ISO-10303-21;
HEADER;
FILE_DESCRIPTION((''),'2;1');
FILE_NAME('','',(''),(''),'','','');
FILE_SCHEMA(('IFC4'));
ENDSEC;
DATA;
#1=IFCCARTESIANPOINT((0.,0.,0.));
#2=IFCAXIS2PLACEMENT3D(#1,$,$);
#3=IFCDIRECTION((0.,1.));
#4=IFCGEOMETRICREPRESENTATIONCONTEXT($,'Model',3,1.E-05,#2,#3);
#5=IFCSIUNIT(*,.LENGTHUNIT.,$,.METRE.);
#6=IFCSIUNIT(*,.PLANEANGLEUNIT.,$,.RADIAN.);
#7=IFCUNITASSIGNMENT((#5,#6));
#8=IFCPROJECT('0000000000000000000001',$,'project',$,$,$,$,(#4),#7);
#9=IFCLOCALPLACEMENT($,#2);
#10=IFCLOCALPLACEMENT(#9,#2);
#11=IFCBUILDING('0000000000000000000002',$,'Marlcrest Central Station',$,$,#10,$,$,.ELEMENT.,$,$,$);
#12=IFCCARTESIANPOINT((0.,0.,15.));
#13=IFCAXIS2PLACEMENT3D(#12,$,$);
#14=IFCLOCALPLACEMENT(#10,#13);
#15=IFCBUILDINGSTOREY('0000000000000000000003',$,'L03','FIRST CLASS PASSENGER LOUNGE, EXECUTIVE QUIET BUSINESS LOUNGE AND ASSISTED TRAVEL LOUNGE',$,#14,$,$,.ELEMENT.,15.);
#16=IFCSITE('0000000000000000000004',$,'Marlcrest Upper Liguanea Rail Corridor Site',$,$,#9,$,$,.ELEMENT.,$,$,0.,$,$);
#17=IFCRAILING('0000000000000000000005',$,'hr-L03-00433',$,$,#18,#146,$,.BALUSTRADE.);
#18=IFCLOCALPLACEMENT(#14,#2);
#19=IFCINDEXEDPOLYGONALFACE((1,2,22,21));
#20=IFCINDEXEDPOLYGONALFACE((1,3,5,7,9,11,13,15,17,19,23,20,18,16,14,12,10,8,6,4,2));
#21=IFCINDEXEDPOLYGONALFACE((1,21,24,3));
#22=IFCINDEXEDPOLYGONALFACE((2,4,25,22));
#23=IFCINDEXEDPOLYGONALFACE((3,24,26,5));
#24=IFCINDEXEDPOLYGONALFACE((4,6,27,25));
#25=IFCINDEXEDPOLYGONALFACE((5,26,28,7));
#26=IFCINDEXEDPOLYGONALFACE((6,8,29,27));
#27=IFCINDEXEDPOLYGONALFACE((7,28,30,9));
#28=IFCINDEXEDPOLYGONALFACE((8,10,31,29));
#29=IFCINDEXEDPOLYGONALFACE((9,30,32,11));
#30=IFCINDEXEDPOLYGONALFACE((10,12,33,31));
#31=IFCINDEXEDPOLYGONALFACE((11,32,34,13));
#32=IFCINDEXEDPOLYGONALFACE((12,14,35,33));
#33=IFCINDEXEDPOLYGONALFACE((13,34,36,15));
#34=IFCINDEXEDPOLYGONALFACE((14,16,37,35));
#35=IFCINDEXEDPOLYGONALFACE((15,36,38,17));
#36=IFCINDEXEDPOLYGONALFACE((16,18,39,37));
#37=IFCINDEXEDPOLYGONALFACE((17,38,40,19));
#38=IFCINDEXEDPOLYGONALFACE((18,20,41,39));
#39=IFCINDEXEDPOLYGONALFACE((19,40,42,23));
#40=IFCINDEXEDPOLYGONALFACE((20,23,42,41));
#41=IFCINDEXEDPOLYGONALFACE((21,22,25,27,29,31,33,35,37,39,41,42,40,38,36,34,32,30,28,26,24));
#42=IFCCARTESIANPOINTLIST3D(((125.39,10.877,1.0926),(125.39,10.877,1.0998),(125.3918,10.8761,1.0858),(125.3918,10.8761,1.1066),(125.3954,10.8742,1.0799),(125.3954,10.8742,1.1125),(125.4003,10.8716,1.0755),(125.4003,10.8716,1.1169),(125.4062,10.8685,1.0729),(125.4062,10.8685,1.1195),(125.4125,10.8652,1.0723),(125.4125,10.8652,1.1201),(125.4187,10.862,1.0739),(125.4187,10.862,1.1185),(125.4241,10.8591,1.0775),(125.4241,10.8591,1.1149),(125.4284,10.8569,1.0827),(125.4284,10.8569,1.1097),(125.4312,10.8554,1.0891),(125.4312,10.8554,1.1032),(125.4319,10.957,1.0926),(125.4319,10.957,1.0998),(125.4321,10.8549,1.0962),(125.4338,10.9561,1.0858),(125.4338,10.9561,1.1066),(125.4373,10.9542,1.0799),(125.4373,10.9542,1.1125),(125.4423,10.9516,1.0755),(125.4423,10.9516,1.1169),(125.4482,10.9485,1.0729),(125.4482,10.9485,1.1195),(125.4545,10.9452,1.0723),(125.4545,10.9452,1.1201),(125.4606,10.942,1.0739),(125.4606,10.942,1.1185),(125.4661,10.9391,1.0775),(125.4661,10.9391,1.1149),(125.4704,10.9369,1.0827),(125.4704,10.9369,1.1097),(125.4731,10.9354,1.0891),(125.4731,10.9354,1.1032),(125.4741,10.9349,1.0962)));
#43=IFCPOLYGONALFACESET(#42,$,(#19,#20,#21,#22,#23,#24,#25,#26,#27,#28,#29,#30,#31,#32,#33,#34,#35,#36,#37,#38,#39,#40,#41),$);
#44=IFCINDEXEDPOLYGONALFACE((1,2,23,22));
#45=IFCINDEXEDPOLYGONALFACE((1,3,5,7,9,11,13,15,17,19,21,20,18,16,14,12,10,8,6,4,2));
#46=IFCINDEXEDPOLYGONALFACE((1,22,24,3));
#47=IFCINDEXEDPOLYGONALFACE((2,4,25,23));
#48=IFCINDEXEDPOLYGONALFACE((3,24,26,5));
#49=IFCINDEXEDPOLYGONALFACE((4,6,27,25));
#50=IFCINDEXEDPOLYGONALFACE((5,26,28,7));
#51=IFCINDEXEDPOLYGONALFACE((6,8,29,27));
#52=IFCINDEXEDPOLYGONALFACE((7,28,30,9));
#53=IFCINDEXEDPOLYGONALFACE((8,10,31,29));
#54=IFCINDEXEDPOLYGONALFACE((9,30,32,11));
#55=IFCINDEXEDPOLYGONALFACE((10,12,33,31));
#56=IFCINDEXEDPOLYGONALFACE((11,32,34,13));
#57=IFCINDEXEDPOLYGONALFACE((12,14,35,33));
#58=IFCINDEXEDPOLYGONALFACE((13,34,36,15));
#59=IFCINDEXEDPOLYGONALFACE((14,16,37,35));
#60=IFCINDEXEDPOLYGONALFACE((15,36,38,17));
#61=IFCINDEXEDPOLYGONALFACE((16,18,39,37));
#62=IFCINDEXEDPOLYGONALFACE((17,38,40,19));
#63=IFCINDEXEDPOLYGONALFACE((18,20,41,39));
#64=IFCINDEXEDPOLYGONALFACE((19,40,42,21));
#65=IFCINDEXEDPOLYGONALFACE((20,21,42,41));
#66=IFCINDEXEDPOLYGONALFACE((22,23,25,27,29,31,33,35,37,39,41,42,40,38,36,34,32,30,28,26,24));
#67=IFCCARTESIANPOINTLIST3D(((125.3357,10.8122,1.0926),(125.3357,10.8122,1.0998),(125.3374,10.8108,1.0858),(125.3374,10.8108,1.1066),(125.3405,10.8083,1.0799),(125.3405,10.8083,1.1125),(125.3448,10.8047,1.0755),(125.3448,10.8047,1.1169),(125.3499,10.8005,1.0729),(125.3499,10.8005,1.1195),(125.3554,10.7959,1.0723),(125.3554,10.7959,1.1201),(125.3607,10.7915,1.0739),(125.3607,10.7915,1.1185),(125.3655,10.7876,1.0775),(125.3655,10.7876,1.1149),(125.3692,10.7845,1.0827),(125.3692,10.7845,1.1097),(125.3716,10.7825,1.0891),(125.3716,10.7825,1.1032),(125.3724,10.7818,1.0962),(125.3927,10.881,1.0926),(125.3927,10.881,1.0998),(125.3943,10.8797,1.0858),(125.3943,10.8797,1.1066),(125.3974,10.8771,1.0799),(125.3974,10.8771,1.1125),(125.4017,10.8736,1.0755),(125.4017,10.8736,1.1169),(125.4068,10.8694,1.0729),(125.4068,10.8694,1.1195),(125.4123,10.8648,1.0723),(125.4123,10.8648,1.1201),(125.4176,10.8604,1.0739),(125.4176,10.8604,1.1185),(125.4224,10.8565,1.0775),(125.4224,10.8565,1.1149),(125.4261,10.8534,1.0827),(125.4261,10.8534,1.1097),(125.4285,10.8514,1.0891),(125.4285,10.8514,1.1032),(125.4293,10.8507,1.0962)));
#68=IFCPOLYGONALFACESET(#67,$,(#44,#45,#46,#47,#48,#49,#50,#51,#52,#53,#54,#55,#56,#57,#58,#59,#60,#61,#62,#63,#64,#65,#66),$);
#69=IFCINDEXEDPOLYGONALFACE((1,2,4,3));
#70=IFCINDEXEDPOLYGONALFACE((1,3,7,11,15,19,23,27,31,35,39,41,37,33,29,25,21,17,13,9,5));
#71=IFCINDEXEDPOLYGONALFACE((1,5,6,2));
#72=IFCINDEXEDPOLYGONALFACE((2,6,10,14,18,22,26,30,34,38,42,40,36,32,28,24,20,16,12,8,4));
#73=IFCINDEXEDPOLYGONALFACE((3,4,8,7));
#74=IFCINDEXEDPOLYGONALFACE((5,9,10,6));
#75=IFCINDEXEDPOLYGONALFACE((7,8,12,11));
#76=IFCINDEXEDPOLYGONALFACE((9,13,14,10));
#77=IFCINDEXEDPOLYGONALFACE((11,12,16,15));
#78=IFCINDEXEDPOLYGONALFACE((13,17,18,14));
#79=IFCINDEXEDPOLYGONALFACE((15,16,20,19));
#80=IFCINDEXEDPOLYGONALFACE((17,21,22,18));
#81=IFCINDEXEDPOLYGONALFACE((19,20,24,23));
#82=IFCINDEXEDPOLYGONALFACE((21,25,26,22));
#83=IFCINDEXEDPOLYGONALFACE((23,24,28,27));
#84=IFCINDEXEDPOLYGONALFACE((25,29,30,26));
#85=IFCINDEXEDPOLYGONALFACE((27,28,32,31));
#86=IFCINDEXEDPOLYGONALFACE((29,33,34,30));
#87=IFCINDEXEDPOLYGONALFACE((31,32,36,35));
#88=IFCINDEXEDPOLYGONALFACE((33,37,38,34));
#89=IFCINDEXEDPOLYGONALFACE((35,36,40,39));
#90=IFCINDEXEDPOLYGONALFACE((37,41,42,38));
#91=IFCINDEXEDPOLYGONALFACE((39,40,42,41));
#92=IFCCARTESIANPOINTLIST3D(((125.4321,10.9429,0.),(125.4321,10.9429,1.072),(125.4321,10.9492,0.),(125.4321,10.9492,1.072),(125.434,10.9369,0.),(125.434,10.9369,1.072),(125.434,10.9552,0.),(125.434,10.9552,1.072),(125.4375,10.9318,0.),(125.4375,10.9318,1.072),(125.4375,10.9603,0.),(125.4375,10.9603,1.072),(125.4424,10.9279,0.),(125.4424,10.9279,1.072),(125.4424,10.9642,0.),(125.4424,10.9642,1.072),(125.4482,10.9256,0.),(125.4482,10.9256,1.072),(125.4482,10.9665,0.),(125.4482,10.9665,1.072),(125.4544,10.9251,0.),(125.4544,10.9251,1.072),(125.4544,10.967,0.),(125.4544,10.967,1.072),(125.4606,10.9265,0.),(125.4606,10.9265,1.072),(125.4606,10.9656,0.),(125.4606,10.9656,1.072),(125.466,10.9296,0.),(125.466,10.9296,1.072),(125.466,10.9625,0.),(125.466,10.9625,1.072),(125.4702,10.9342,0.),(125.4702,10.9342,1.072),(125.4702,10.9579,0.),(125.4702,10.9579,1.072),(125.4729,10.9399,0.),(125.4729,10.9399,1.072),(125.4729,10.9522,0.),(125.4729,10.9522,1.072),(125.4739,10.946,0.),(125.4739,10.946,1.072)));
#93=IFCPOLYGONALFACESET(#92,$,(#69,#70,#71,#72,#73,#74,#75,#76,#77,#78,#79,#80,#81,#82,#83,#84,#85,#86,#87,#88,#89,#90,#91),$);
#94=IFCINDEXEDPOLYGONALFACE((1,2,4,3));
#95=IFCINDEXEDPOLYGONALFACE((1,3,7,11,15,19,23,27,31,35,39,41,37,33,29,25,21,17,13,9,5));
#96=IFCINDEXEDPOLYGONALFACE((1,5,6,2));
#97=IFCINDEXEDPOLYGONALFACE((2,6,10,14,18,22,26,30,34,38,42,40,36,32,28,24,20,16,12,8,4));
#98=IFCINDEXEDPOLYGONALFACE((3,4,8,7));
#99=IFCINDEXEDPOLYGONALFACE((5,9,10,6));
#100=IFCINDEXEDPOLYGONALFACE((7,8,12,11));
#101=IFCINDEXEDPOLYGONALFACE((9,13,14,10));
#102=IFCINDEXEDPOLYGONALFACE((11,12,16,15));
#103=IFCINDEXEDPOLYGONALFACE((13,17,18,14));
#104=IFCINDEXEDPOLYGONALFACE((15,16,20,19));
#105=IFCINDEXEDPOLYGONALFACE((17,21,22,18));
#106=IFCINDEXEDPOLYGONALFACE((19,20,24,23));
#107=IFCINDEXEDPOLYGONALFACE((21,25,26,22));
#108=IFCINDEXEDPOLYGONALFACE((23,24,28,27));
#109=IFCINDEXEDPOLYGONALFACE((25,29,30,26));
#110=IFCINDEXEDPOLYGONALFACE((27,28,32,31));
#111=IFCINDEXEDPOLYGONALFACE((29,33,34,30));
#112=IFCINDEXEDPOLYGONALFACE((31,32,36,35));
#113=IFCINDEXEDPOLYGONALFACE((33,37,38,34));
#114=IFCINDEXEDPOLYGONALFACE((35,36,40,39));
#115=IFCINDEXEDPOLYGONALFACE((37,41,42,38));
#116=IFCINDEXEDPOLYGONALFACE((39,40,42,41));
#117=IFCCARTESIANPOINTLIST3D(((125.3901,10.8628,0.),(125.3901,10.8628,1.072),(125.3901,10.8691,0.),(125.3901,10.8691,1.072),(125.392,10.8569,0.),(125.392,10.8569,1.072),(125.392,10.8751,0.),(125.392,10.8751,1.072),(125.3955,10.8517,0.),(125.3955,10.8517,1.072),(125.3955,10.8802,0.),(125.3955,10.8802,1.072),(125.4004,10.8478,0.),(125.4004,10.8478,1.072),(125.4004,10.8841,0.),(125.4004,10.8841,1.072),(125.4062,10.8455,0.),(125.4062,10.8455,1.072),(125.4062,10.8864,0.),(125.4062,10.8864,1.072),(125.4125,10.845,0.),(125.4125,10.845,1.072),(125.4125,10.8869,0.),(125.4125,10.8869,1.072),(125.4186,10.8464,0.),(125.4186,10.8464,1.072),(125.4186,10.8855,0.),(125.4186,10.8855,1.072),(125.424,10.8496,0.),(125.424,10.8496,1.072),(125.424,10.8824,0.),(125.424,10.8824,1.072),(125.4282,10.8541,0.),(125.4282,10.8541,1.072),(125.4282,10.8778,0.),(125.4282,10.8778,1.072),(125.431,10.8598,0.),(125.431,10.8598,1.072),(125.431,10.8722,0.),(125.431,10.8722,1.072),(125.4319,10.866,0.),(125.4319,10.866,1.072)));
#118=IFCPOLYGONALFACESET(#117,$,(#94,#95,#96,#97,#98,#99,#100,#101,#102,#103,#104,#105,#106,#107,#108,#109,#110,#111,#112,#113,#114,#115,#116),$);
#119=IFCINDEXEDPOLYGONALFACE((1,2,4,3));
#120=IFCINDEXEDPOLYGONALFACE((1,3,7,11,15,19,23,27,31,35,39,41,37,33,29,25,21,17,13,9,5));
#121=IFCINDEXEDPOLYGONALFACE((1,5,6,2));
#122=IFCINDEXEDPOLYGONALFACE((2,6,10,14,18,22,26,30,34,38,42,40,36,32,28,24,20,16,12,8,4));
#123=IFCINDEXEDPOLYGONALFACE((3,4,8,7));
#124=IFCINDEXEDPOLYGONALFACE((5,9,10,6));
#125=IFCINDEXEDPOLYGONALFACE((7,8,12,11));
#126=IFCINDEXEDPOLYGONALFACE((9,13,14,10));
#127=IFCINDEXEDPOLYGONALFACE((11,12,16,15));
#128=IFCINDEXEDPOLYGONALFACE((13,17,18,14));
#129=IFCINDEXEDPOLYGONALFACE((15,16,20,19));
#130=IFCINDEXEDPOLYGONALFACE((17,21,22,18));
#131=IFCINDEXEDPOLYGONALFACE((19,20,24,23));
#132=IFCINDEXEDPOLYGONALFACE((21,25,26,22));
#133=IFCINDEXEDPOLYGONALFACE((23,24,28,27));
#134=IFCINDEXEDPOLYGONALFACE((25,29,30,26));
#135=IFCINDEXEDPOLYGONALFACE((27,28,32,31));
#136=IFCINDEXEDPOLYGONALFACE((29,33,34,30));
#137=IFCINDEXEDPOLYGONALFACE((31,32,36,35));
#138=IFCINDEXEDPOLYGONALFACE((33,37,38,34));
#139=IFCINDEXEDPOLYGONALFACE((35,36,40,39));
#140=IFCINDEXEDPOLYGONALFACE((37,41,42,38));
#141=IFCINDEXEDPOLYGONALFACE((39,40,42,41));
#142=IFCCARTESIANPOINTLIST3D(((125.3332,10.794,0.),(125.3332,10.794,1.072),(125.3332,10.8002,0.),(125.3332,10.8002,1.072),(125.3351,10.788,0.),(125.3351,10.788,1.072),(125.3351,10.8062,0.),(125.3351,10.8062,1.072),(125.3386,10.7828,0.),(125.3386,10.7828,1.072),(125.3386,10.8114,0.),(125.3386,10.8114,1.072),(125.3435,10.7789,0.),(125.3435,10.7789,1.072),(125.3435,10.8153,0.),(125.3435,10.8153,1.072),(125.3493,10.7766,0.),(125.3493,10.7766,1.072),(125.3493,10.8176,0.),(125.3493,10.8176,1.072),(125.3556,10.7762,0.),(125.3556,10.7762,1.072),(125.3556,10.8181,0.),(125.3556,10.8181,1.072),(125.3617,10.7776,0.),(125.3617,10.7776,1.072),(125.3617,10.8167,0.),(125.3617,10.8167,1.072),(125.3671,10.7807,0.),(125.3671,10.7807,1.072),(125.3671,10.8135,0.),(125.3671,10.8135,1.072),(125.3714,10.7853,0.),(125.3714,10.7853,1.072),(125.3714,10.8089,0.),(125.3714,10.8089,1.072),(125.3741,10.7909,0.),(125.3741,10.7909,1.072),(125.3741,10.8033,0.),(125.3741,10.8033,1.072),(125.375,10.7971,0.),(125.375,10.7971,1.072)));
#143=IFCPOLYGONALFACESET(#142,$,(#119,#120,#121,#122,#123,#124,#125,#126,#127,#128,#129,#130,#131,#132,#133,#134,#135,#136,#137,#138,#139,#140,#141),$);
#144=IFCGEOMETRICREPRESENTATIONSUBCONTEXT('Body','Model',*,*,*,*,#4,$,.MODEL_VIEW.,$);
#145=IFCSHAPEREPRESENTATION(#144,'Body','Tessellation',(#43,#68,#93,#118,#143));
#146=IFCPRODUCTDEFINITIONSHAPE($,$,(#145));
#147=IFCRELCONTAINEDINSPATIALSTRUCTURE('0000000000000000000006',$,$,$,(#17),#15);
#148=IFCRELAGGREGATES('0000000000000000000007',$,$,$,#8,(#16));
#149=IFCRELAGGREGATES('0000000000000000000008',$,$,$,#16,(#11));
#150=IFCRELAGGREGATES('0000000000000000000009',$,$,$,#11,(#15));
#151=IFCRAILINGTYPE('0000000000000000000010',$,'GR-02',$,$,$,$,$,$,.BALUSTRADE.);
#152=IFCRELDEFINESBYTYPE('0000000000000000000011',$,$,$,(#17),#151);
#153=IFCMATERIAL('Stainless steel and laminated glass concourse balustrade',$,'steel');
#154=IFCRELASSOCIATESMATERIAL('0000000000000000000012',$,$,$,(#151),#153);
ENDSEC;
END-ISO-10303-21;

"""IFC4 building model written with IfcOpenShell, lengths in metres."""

from ifc_helpers import new_model, si_unit, direction, frame, origin, origin_2d, place, context, subcontext, project, spatial, circle, extrude, material, type_object, element, save


model = new_model("IFC4")

# Units and contexts
model_context = context("Model", 3, precision=1e-05, world=origin(), true_north=direction((0.0, 1.0)))
body_context = subcontext(model_context, "Body", "Model", "MODEL_VIEW")
ifc_project = project(units=[si_unit("LENGTHUNIT", "METRE"), si_unit("PLANEANGLEUNIT", "RADIAN")], contexts=[model_context])

# Site, building, storey
site_placement = place(None, origin())
site = spatial("IfcSite", under=ifc_project, at=site_placement, Name="Marlcrest Upper Liguanea Rail Corridor Site", CompositionType="ELEMENT", RefElevation=0.0)
building_placement = place(site_placement, origin())
building = spatial("IfcBuilding", under=site, at=building_placement, Name="Marlcrest Central Station", CompositionType="ELEMENT")
storey_placement = place(building_placement, frame((0.0, 0.0, 15.0)))
storey = spatial("IfcBuildingStorey", under=building, at=storey_placement, Name="L03", Description="FIRST CLASS PASSENGER LOUNGE, EXECUTIVE QUIET BUSINESS LOUNGE AND ASSISTED TRAVEL LOUNGE", CompositionType="ELEMENT", Elevation=15.0)

# Railing
ifc_material_1 = material(Name="Stainless steel and laminated glass concourse balustrade", Category="steel")
railing_type = type_object("IfcRailingType", Name="GR-02", PredefinedType="BALUSTRADE", material=ifc_material_1)
railing_placement = place(storey_placement, frame((125.4529, 10.946, 0.0)))
element("IfcRailing", 1, at=railing_placement, inside=storey, type_object=railing_type, Name="hr-L03-00433", PredefinedType="BALUSTRADE", context=body_context, shape_type="SweptSolid", body=[
    extrude(circle(Radius=0.0239, at=origin_2d()), frame((0.0, 0.0, 1.0962), z_axis=(-0.464411, -0.88562, 0.0), x_axis=(0.88562, -0.464411, 0.0)), (0.0, 0.0, 1.0), 0.0903),
    extrude(circle(Radius=0.0239, at=origin_2d()), frame((-0.042, -0.0801, 1.0962), z_axis=(-0.636952, -0.770903, 0.0), x_axis=(0.770903, -0.636952, 0.0)), (0.0, 0.0, 1.0), 0.0894),
    extrude(circle(Radius=0.021, at=origin_2d()), origin(), (0.0, 0.0, 1.0), 1.072),
    extrude(circle(Radius=0.021, at=origin_2d()), frame((-0.042, -0.0801, 0.0)), (0.0, 0.0, 1.0), 1.072),
    extrude(circle(Radius=0.021, at=origin_2d()), frame((-0.0989, -0.1489, 0.0)), (0.0, 0.0, 1.0), 1.072),
])

save(model, "model.ifc")
